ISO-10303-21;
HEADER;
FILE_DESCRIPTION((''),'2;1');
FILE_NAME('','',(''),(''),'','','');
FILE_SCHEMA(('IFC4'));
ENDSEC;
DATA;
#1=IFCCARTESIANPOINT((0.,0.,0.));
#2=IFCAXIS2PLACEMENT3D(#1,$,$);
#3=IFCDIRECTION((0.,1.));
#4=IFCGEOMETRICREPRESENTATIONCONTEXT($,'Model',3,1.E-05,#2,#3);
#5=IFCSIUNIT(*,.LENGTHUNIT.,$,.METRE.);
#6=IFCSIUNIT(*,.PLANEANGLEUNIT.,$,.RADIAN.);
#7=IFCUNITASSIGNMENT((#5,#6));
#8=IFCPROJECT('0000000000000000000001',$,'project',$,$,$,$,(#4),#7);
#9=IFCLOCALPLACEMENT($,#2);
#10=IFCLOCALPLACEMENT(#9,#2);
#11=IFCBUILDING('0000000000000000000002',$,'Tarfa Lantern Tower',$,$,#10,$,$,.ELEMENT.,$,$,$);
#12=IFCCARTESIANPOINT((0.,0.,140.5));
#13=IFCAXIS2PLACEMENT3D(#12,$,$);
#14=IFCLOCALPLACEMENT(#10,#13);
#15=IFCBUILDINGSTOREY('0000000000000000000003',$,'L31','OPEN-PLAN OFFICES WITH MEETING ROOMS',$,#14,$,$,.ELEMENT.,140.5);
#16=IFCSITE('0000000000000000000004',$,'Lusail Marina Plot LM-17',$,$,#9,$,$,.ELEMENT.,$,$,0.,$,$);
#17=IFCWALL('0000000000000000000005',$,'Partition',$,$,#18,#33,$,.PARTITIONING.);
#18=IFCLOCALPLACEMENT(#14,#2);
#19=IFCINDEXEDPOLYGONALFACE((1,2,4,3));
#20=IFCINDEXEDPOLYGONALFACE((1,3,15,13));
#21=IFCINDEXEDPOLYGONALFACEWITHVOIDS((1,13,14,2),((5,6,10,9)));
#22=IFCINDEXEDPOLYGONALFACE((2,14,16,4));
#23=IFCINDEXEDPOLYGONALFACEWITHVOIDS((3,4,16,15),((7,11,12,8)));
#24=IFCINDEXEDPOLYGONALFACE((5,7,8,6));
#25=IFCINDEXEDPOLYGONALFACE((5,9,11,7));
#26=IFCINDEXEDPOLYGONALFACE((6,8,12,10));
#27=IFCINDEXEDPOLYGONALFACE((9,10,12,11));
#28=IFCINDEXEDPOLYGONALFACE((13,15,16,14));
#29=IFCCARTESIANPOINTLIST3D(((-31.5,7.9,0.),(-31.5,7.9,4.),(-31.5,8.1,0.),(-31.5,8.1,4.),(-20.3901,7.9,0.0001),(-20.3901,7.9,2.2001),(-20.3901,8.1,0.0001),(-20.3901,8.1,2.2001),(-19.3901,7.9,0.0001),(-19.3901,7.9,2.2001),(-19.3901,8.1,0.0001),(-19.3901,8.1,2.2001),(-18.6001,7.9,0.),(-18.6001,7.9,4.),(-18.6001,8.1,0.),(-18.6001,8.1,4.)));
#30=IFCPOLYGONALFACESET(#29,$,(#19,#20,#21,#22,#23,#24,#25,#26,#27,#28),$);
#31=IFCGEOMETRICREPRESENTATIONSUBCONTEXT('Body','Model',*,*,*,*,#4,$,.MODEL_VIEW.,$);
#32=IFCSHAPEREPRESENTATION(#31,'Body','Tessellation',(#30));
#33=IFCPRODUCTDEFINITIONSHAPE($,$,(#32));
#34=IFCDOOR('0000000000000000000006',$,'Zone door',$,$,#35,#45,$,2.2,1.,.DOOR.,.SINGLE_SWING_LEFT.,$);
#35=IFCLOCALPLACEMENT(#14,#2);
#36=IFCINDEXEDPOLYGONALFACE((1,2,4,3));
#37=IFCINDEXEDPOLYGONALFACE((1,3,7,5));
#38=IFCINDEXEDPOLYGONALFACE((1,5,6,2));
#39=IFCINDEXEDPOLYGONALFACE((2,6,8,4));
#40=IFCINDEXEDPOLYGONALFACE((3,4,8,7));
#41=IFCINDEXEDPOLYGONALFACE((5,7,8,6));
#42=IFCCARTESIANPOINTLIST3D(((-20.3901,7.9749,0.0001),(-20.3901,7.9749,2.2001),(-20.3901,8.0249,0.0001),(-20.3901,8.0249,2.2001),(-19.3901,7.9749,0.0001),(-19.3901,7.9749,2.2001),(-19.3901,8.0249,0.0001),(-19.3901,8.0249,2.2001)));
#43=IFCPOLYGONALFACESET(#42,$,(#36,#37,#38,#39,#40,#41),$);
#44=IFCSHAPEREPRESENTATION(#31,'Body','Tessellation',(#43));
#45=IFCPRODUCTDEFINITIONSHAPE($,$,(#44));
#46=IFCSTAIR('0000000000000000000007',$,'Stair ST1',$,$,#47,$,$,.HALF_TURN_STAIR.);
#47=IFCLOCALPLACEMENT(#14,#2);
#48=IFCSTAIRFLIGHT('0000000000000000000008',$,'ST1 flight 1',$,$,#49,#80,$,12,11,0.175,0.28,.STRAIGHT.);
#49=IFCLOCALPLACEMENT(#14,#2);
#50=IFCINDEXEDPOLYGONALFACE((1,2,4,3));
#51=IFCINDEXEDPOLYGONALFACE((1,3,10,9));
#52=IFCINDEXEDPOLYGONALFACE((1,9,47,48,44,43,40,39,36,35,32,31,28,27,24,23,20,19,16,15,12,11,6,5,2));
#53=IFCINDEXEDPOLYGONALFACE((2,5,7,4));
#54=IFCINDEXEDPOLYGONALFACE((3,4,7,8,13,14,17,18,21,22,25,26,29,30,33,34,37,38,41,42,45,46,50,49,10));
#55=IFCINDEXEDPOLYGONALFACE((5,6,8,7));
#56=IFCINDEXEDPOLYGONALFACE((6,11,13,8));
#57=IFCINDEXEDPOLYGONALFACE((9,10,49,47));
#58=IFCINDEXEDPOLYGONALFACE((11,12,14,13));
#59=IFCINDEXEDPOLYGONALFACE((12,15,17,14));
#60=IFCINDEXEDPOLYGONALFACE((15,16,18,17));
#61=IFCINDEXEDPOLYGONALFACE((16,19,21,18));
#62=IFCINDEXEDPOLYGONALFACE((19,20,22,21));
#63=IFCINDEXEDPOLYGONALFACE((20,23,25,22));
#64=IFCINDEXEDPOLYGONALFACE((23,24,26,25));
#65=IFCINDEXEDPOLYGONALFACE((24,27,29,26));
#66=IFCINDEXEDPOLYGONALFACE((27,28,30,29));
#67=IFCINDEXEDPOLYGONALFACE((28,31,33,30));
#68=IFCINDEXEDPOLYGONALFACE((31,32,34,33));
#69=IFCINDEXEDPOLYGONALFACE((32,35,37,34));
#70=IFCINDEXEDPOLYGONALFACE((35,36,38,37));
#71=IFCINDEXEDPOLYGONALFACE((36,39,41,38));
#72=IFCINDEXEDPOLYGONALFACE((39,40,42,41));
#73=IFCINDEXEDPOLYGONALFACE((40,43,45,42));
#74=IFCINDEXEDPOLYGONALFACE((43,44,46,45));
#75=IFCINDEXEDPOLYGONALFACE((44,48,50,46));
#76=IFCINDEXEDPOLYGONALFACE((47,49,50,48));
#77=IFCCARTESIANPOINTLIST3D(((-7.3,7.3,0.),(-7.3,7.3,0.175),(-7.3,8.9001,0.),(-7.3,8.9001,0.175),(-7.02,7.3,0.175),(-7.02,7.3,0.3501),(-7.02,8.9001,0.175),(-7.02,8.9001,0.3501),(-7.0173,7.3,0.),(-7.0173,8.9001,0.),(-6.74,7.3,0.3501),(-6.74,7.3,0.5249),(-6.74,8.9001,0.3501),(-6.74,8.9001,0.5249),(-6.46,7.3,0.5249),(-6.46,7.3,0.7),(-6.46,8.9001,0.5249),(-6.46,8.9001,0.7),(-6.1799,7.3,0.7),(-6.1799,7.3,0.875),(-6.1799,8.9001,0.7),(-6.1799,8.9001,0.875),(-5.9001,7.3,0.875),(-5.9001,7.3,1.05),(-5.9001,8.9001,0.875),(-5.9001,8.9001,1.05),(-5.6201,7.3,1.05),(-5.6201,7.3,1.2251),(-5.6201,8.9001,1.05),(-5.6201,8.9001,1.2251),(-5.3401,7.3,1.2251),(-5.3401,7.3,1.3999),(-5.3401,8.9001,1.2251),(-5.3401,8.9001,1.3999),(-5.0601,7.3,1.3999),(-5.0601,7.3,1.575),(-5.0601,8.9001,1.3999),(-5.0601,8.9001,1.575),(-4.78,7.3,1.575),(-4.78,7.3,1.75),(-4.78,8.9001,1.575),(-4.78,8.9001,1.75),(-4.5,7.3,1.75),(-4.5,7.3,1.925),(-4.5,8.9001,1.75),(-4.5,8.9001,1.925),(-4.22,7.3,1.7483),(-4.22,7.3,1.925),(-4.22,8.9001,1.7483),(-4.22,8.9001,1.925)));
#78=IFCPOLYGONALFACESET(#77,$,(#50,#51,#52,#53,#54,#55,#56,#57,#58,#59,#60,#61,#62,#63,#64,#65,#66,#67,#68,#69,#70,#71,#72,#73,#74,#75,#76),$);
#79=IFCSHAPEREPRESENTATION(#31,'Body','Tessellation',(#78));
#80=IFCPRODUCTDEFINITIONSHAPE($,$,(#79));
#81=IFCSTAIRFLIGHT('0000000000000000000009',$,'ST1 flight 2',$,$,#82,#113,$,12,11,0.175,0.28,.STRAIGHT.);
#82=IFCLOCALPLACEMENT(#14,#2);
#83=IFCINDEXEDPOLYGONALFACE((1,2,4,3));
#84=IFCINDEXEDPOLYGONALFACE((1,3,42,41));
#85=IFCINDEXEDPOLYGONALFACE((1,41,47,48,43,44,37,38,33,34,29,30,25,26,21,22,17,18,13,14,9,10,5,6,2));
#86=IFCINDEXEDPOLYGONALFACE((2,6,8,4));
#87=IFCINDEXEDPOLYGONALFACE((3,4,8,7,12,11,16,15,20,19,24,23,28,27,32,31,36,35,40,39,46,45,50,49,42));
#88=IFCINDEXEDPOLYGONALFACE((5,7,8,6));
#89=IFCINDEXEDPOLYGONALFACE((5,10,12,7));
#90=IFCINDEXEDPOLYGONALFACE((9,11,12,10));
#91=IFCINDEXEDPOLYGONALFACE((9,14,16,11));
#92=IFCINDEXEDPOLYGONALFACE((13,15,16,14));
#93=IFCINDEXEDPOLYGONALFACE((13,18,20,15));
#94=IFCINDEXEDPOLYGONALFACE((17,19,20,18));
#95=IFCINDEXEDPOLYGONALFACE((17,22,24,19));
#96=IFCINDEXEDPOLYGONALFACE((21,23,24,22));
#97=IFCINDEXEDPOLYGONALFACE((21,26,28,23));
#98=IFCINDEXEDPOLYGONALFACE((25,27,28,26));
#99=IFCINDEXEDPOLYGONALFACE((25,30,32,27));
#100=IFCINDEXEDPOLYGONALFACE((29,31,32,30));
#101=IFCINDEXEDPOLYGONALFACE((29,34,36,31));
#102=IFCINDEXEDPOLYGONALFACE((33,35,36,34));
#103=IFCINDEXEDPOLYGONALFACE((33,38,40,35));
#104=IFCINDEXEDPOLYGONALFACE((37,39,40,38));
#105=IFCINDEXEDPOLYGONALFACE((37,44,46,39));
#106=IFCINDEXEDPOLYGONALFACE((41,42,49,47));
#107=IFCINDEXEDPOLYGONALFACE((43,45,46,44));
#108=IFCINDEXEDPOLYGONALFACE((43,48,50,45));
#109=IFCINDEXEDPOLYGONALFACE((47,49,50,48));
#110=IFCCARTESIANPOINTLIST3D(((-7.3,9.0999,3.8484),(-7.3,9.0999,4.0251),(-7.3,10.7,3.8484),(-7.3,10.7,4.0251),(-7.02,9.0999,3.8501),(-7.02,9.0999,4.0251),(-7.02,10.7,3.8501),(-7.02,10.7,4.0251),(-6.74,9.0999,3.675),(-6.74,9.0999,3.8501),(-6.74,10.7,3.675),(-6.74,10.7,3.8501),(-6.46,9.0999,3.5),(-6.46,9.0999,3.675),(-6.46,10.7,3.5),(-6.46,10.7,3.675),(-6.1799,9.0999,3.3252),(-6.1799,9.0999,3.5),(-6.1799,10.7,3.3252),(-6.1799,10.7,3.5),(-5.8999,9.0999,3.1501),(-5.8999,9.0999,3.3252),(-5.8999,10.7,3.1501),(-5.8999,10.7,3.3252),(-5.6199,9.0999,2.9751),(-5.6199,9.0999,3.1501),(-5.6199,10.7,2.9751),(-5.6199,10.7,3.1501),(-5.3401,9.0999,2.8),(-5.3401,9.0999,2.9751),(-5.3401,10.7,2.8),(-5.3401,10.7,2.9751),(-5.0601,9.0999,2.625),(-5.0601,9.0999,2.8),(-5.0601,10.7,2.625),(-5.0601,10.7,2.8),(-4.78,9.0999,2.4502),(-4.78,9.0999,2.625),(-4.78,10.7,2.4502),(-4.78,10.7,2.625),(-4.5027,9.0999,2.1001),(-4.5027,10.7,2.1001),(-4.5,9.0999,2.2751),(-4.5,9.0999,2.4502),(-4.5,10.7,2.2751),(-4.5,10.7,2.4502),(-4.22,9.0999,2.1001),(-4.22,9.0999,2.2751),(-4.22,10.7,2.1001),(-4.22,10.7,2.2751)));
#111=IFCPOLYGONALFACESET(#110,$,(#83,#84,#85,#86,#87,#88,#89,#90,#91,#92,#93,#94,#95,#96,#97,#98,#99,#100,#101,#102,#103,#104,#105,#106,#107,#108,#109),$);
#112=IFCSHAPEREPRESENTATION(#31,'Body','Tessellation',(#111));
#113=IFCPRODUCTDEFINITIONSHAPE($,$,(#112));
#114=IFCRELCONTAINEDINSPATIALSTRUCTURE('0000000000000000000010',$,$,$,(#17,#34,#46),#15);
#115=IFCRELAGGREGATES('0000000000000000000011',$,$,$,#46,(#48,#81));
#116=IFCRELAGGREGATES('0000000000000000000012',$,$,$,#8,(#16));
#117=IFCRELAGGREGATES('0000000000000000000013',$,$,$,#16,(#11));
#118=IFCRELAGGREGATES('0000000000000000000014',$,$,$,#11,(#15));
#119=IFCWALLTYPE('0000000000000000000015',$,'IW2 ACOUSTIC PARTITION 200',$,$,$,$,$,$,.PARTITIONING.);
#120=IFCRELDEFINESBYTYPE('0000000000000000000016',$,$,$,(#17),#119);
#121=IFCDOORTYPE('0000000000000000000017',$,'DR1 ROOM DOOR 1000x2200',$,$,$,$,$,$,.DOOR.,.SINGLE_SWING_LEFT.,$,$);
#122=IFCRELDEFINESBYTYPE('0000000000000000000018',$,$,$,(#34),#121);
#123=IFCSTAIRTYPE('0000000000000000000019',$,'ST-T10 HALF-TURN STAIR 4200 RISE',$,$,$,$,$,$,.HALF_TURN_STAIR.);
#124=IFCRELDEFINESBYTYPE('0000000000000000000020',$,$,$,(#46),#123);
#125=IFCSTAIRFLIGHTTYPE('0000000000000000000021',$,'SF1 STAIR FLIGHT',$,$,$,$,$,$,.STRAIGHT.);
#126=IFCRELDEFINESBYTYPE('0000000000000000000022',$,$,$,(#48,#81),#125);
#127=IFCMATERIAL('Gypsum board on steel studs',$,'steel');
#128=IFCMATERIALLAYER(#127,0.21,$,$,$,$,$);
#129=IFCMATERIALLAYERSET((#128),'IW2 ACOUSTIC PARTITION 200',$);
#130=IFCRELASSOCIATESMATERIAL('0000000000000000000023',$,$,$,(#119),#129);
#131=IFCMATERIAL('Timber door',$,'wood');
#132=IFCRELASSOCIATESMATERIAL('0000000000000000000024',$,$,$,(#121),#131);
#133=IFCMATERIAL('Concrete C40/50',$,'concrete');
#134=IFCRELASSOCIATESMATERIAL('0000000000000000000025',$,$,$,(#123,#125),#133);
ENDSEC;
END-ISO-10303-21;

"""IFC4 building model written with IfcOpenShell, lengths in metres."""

from ifc_helpers import new_model, si_unit, direction, frame, frame_2d, origin, place, context, subcontext, project, spatial, polyline, rectangle, outline, extrude, material, layer, layer_set, type_object, element, fill, aggregate, save


model = new_model("IFC4")

# Units and contexts
model_context = context("Model", 3, precision=1e-05, world=origin(), true_north=direction((0.0, 1.0)))
body_context = subcontext(model_context, "Body", "Model", "MODEL_VIEW")
ifc_project = project(units=[si_unit("LENGTHUNIT", "METRE"), si_unit("PLANEANGLEUNIT", "RADIAN")], contexts=[model_context])

# Site, building, storey
site_placement = place(None, origin())
site = spatial("IfcSite", under=ifc_project, at=site_placement, Name="Lusail Marina Plot LM-17", CompositionType="ELEMENT", RefElevation=0.0)
building_placement = place(site_placement, origin())
building = spatial("IfcBuilding", under=site, at=building_placement, Name="Tarfa Lantern Tower", CompositionType="ELEMENT")
storey_placement = place(building_placement, frame((0.0, 0.0, 140.5)))
storey = spatial("IfcBuildingStorey", under=building, at=storey_placement, Name="L31", Description="OPEN-PLAN OFFICES WITH MEETING ROOMS", CompositionType="ELEMENT", Elevation=140.5)

# Shared definitions
ifc_material_1 = material(Name="Gypsum board on steel studs", Category="steel")
ifc_layer_1 = layer(ifc_material_1, 0.21)
ifc_layer_set_1 = layer_set([ifc_layer_1], Name="IW2 ACOUSTIC PARTITION 200")
wall_type_1 = type_object("IfcWallType", Name="IW2 ACOUSTIC PARTITION 200", PredefinedType="PARTITIONING", material=ifc_layer_set_1)

# Shared definitions
ifc_material_2 = material(Name="Timber door", Category="wood")

# Wall, opening, door
wall_1_placement = place(storey_placement, frame((-18.6001, 8.0, 0.0), z_axis=(0.0, 0.0, 1.0), x_axis=(-1.0, 0.0, 0.0)))
wall_1 = element("IfcWall", 1, at=wall_1_placement, inside=storey, type_object=wall_type_1, Name="Partition", PredefinedType="PARTITIONING", context=body_context, shape_type="SweptSolid", body=[
    extrude(rectangle(XDim=12.8999, YDim=0.2, at=frame_2d((6.45, 0.0))), origin(), (0.0, 0.0, 1.0), 4.0),
])
opening_1_placement = place(wall_1_placement, frame((0.79, 0.0, 0.0)))
opening_1 = element("IfcOpeningElement", 2, at=opening_1_placement, cuts=wall_1, PredefinedType="OPENING", context=body_context, shape_type="SweptSolid", body=[
    extrude(rectangle(XDim=1.0, YDim=2.2, at=frame_2d((0.5, 1.1001))), frame((0.0, 0.1099, 0.0), z_axis=(0.0, -1.0, 0.0), x_axis=(1.0, 0.0, 0.0)), (0.0, 0.0, 1.0), 0.22),
])
door_type_1 = type_object("IfcDoorType", Name="DR1 ROOM DOOR 1000x2200", OperationType="SINGLE_SWING_LEFT", PredefinedType="DOOR", material=ifc_material_2)
door_1_placement = place(opening_1_placement, frame((1.0, 0.0, 0.0), z_axis=(0.0, 0.0, 1.0), x_axis=(-1.0, 0.0, 0.0)))
door_1 = element("IfcDoor", 3, at=door_1_placement, inside=storey, type_object=door_type_1, Name="Zone door", OperationType="SINGLE_SWING_LEFT", OverallHeight=2.2, OverallWidth=1.0, PredefinedType="DOOR", context=body_context, shape_type="SweptSolid", body=[
    extrude(rectangle(XDim=1.0, YDim=2.2, at=frame_2d((0.5, 1.1001))), frame((0.0, 0.0249, 0.0), z_axis=(0.0, -1.0, 0.0), x_axis=(1.0, 0.0, 0.0)), (0.0, 0.0, 1.0), 0.05),
])
fill(opening_1, door_1)

# Stair, stair flights
ifc_material_3 = material(Name="Concrete C40/50", Category="concrete")
stair_type = type_object("IfcStairType", Name="ST-T10 HALF-TURN STAIR 4200 RISE", PredefinedType="HALF_TURN_STAIR", material=ifc_material_3)
stair_placement = place(storey_placement, origin())
stair = element("IfcStair", 4, at=stair_placement, inside=storey, type_object=stair_type, Name="Stair ST1", PredefinedType="HALF_TURN_STAIR")
stair_flight_type = type_object("IfcStairFlightType", Name="SF1 STAIR FLIGHT", PredefinedType="STRAIGHT", material=ifc_material_3)
stair_flight_1_placement = place(storey_placement, frame((-7.3, 8.1001, 0.0), z_axis=(0.0, 0.0, 1.0), x_axis=(1.0, 0.0, 0.0)))
stair_flight_1 = element("IfcStairFlight", 5, at=stair_flight_1_placement, type_object=stair_flight_type, Name="ST1 flight 1", NumberOfRisers=12, NumberOfTreads=11, PredefinedType="STRAIGHT", RiserHeight=0.175, TreadLength=0.28, context=body_context, shape_type="SweptSolid", body=[
    extrude(outline(polyline([(0.0, 0.0), (0.0, 0.175), (0.28, 0.175), (0.28, 0.3501), (0.5601, 0.3501), (0.5601, 0.5249), (0.8401, 0.5249), (0.8401, 0.7), (1.1201, 0.7), (1.1201, 0.875), (1.3999, 0.875), (1.3999, 1.05), (1.6799, 1.05), (1.6799, 1.2251), (1.96, 1.2251), (1.96, 1.3999), (2.24, 1.3999), (2.24, 1.575), (2.52, 1.575), (2.52, 1.75), (2.8, 1.75), (2.8, 1.925), (3.0801, 1.925), (3.0801, 2.1001), (3.0801, 1.7483), (0.2827, 0.0), (0.0, 0.0)])), frame((0.0, 0.8, 0.0), z_axis=(0.0, -1.0, 0.0), x_axis=(1.0, 0.0, 0.0)), (0.0, 0.0, 1.0), 1.6001),
])
stair_flight_2_placement = place(storey_placement, frame((-4.22, 9.8999, 2.1001), z_axis=(0.0, 0.0, 1.0), x_axis=(-1.0, 0.0, 0.0)))
stair_flight_2 = element("IfcStairFlight", 6, at=stair_flight_2_placement, type_object=stair_flight_type, Name="ST1 flight 2", NumberOfRisers=12, NumberOfTreads=11, PredefinedType="STRAIGHT", RiserHeight=0.175, TreadLength=0.28, context=body_context, shape_type="SweptSolid", body=[
    extrude(outline(polyline([(0.0, 0.0), (0.0, 0.175), (0.28, 0.175), (0.28, 0.3501), (0.5601, 0.3501), (0.5601, 0.5249), (0.8401, 0.5249), (0.8401, 0.7), (1.1201, 0.7), (1.1201, 0.875), (1.3999, 0.875), (1.3999, 1.05), (1.6799, 1.05), (1.6799, 1.2251), (1.96, 1.2251), (1.96, 1.3999), (2.24, 1.3999), (2.24, 1.575), (2.52, 1.575), (2.52, 1.75), (2.8, 1.75), (2.8, 1.925), (3.0801, 1.925), (3.0801, 2.1001), (3.0801, 1.7483), (0.2827, 0.0), (0.0, 0.0)])), frame((0.0, 0.8, 0.0), z_axis=(0.0, -1.0, 0.0), x_axis=(1.0, 0.0, 0.0)), (0.0, 0.0, 1.0), 1.6001),
])
aggregate(stair, [stair_flight_1, stair_flight_2])

save(model, "model.ifc")
